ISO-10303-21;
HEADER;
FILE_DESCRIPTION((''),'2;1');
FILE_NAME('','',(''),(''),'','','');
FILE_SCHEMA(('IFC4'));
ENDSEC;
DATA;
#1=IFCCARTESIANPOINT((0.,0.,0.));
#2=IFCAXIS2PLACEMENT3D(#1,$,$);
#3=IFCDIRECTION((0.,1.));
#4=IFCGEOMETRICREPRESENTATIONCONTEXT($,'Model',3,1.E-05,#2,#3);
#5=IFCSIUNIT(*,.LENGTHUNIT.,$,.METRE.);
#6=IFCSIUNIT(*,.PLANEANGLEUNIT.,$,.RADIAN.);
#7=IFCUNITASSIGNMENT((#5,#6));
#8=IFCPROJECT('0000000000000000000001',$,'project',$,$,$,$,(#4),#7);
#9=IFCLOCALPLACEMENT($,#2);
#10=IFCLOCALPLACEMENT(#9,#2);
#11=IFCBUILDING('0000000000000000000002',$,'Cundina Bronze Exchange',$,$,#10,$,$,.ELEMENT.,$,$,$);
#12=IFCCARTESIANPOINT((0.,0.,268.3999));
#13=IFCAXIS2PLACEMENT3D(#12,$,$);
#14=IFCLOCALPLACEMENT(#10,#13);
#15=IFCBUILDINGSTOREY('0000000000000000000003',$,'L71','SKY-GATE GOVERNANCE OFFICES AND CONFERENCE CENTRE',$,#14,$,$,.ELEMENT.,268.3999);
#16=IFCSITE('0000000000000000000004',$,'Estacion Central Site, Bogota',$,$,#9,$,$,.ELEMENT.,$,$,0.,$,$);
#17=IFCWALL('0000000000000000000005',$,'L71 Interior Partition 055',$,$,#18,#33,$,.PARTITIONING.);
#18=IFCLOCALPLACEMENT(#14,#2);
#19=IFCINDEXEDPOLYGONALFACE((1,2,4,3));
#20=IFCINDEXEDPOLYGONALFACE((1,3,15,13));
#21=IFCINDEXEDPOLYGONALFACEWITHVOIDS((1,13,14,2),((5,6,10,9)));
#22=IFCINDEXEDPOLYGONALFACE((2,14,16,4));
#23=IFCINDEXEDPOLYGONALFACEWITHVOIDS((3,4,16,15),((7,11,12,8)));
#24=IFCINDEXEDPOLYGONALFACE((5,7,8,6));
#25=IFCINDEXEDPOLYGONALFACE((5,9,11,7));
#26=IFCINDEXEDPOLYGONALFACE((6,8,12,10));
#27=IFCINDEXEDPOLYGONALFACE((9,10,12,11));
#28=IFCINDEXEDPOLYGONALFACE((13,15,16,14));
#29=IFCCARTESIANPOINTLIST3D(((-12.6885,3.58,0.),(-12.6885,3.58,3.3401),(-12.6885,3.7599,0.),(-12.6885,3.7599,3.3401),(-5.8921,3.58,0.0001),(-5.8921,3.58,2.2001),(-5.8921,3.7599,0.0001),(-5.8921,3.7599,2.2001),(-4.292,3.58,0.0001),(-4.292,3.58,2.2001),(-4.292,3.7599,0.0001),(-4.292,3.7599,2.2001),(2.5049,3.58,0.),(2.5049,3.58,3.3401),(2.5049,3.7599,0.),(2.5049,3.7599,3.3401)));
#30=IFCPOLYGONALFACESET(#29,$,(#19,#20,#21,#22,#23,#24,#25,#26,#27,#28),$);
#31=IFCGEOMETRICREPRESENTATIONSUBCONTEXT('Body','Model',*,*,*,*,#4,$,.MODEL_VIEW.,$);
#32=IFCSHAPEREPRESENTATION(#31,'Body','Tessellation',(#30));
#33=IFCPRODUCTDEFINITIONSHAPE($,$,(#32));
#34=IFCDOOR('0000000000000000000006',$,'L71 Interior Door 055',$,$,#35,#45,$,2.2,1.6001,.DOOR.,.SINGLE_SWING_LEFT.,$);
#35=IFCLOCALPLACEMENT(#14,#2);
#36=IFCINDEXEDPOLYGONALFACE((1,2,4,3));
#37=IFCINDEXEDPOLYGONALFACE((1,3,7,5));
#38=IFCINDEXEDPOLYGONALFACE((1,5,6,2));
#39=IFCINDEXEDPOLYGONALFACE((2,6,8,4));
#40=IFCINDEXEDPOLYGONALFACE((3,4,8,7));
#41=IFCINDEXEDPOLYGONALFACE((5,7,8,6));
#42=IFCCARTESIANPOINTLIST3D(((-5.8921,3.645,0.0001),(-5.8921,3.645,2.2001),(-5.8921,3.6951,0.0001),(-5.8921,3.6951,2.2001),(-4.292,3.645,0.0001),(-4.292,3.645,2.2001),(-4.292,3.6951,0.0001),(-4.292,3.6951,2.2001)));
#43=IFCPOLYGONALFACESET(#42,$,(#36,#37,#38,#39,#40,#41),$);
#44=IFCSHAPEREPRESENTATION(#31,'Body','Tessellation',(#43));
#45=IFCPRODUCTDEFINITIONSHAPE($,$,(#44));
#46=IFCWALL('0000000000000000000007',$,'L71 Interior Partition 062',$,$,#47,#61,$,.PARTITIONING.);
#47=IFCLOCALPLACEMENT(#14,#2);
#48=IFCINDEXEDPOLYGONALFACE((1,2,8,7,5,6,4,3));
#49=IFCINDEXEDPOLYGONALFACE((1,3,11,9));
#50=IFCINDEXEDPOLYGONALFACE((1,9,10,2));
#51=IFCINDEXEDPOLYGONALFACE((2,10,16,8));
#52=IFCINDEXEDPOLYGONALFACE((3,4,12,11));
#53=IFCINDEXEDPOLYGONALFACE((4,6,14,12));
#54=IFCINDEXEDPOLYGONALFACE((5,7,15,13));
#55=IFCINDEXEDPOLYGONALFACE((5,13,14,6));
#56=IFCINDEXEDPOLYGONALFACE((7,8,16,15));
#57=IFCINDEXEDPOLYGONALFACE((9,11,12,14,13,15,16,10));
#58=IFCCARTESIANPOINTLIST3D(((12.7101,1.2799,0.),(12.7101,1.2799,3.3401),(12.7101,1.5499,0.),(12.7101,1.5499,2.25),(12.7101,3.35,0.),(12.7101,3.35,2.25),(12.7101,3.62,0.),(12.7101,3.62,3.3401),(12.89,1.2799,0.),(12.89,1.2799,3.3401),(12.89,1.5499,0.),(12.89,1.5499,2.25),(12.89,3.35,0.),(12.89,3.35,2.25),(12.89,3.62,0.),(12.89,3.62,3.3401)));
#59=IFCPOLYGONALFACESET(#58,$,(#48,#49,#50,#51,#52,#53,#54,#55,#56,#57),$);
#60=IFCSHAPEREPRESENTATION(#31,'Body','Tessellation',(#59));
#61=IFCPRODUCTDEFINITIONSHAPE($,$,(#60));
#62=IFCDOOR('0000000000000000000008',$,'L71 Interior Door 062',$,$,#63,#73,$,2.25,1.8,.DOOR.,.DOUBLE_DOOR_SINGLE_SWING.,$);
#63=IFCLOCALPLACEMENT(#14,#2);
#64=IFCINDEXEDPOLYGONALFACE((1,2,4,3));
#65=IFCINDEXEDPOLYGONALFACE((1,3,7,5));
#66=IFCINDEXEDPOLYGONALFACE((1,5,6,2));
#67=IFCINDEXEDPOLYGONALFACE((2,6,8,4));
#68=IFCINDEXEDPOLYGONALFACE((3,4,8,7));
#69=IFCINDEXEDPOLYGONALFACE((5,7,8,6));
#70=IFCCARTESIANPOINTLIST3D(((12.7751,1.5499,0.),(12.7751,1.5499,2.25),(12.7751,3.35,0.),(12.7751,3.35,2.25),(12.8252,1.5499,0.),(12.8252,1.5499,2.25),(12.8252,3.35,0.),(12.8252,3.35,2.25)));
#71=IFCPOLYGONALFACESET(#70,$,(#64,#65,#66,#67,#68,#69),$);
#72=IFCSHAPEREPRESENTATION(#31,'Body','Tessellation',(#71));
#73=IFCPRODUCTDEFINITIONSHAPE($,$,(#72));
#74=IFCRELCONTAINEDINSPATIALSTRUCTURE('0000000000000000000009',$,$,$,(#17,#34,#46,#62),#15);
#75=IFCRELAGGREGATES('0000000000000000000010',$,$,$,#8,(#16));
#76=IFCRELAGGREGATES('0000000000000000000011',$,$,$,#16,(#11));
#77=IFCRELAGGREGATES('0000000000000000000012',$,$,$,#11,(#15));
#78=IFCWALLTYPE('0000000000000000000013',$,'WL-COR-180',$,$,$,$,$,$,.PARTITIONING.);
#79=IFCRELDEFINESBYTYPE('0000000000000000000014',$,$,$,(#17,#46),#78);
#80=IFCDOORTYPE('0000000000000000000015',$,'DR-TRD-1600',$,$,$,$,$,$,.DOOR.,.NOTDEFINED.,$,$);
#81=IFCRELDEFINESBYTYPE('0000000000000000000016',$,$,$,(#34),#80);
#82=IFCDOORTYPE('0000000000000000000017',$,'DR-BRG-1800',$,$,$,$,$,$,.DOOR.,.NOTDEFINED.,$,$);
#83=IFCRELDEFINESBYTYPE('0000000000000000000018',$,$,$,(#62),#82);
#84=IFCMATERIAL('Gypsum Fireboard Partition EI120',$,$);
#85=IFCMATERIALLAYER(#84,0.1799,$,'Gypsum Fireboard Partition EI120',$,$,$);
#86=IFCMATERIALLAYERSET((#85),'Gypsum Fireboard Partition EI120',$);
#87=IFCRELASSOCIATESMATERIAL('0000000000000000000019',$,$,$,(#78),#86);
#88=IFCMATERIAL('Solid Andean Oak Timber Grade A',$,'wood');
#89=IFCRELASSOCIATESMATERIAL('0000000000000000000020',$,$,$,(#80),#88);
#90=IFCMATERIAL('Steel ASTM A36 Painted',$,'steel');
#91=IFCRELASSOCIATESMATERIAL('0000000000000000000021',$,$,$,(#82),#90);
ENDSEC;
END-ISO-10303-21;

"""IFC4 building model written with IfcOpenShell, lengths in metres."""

from ifc_helpers import new_model, si_unit, direction, frame, frame_2d, origin, place, context, subcontext, project, spatial, rectangle, extrude, material, layer, layer_set, type_object, element, fill, save


model = new_model("IFC4")

# Units and contexts
model_context = context("Model", 3, precision=1e-05, world=origin(), true_north=direction((0.0, 1.0)))
body_context = subcontext(model_context, "Body", "Model", "MODEL_VIEW")
ifc_project = project(units=[si_unit("LENGTHUNIT", "METRE"), si_unit("PLANEANGLEUNIT", "RADIAN")], contexts=[model_context])

# Site, building, storey
site_placement = place(None, origin())
site = spatial("IfcSite", under=ifc_project, at=site_placement, Name="Estacion Central Site, Bogota", CompositionType="ELEMENT", RefElevation=0.0)
building_placement = place(site_placement, origin())
building = spatial("IfcBuilding", under=site, at=building_placement, Name="Cundina Bronze Exchange", CompositionType="ELEMENT")
storey_placement = place(building_placement, frame((0.0, 0.0, 268.3999)))
storey = spatial("IfcBuildingStorey", under=building, at=storey_placement, Name="L71", Description="SKY-GATE GOVERNANCE OFFICES AND CONFERENCE CENTRE", CompositionType="ELEMENT", Elevation=268.3999)

# Shared definitions
ifc_material_1 = material(Name="Gypsum Fireboard Partition EI120")
ifc_layer_1 = layer(ifc_material_1, 0.1799, Name="Gypsum Fireboard Partition EI120")
ifc_layer_set_1 = layer_set([ifc_layer_1], Name="Gypsum Fireboard Partition EI120")
wall_type = type_object("IfcWallType", Name="WL-COR-180", PredefinedType="PARTITIONING", material=ifc_layer_set_1)

# Walls, openings, doors
ifc_material_2 = material(Name="Solid Andean Oak Timber Grade A", Category="wood")
door_type_1 = type_object("IfcDoorType", Name="DR-TRD-1600", OperationType="NOTDEFINED", PredefinedType="DOOR", material=ifc_material_2)
wall_1_placement = place(storey_placement, frame((2.5049, 3.6699, 0.0), z_axis=(0.0, 0.0, 1.0), x_axis=(-1.0, 0.0, 0.0)))
wall_1 = element("IfcWall", 1, at=wall_1_placement, inside=storey, type_object=wall_type, Name="L71 Interior Partition 055", PredefinedType="PARTITIONING", context=body_context, shape_type="SweptSolid", body=[
    extrude(rectangle(XDim=15.1934, YDim=0.1799, at=frame_2d((7.5967, 0.0))), origin(), (0.0, 0.0, 1.0), 3.3401),
])
opening_1_placement = place(wall_1_placement, frame((6.7969, 0.0, 0.0)))
opening_1 = element("IfcOpeningElement", 2, at=opening_1_placement, cuts=wall_1, PredefinedType="OPENING", context=body_context, shape_type="SweptSolid", body=[
    extrude(rectangle(XDim=1.6001, YDim=2.2, at=frame_2d((0.8, 1.1001))), frame((0.0, 0.0999, 0.0), z_axis=(0.0, -1.0, 0.0), x_axis=(1.0, 0.0, 0.0)), (0.0, 0.0, 1.0), 0.2),
])
door_1_placement = place(opening_1_placement, origin())
door_1 = element("IfcDoor", 3, at=door_1_placement, inside=storey, type_object=door_type_1, Name="L71 Interior Door 055", OperationType="SINGLE_SWING_LEFT", OverallHeight=2.2, OverallWidth=1.6001, PredefinedType="DOOR", context=body_context, shape_type="SweptSolid", body=[
    extrude(rectangle(XDim=1.6001, YDim=2.2, at=frame_2d((0.8, 1.1001))), frame((0.0, 0.0249, 0.0), z_axis=(0.0, -1.0, 0.0), x_axis=(1.0, 0.0, 0.0)), (0.0, 0.0, 1.0), 0.05),
])
fill(opening_1, door_1)
wall_2_placement = place(storey_placement, frame((12.8, 1.28, 0.0), z_axis=(0.0, 0.0, 1.0), x_axis=(0.0, 1.0, 0.0)))
wall_2 = element("IfcWall", 4, at=wall_2_placement, inside=storey, type_object=wall_type, Name="L71 Interior Partition 062", PredefinedType="PARTITIONING", context=body_context, shape_type="SweptSolid", body=[
    extrude(rectangle(XDim=2.3401, YDim=0.1799, at=frame_2d((1.1699, 0.0))), origin(), (0.0, 0.0, 1.0), 3.3401),
])
opening_2_placement = place(wall_2_placement, frame((0.27, 0.0, 0.0)))
opening_2 = element("IfcOpeningElement", 5, at=opening_2_placement, cuts=wall_2, PredefinedType="OPENING", context=body_context, shape_type="SweptSolid", body=[
    extrude(rectangle(XDim=1.8, YDim=2.25, at=frame_2d((0.8999, 1.125))), frame((0.0, 0.0999, 0.0), z_axis=(0.0, -1.0, 0.0), x_axis=(1.0, 0.0, 0.0)), (0.0, 0.0, 1.0), 0.2),
])
ifc_material_3 = material(Name="Steel ASTM A36 Painted", Category="steel")
door_type_2 = type_object("IfcDoorType", Name="DR-BRG-1800", OperationType="NOTDEFINED", PredefinedType="DOOR", material=ifc_material_3)
door_2_placement = place(opening_2_placement, origin())
door_2 = element("IfcDoor", 6, at=door_2_placement, inside=storey, type_object=door_type_2, Name="L71 Interior Door 062", OperationType="DOUBLE_DOOR_SINGLE_SWING", OverallHeight=2.25, OverallWidth=1.8, PredefinedType="DOOR", context=body_context, shape_type="SweptSolid", body=[
    extrude(rectangle(XDim=1.8, YDim=2.25, at=frame_2d((0.8999, 1.125))), frame((0.0, 0.0249, 0.0), z_axis=(0.0, -1.0, 0.0), x_axis=(1.0, 0.0, 0.0)), (0.0, 0.0, 1.0), 0.05),
])
fill(opening_2, door_2)

save(model, "model.ifc")
